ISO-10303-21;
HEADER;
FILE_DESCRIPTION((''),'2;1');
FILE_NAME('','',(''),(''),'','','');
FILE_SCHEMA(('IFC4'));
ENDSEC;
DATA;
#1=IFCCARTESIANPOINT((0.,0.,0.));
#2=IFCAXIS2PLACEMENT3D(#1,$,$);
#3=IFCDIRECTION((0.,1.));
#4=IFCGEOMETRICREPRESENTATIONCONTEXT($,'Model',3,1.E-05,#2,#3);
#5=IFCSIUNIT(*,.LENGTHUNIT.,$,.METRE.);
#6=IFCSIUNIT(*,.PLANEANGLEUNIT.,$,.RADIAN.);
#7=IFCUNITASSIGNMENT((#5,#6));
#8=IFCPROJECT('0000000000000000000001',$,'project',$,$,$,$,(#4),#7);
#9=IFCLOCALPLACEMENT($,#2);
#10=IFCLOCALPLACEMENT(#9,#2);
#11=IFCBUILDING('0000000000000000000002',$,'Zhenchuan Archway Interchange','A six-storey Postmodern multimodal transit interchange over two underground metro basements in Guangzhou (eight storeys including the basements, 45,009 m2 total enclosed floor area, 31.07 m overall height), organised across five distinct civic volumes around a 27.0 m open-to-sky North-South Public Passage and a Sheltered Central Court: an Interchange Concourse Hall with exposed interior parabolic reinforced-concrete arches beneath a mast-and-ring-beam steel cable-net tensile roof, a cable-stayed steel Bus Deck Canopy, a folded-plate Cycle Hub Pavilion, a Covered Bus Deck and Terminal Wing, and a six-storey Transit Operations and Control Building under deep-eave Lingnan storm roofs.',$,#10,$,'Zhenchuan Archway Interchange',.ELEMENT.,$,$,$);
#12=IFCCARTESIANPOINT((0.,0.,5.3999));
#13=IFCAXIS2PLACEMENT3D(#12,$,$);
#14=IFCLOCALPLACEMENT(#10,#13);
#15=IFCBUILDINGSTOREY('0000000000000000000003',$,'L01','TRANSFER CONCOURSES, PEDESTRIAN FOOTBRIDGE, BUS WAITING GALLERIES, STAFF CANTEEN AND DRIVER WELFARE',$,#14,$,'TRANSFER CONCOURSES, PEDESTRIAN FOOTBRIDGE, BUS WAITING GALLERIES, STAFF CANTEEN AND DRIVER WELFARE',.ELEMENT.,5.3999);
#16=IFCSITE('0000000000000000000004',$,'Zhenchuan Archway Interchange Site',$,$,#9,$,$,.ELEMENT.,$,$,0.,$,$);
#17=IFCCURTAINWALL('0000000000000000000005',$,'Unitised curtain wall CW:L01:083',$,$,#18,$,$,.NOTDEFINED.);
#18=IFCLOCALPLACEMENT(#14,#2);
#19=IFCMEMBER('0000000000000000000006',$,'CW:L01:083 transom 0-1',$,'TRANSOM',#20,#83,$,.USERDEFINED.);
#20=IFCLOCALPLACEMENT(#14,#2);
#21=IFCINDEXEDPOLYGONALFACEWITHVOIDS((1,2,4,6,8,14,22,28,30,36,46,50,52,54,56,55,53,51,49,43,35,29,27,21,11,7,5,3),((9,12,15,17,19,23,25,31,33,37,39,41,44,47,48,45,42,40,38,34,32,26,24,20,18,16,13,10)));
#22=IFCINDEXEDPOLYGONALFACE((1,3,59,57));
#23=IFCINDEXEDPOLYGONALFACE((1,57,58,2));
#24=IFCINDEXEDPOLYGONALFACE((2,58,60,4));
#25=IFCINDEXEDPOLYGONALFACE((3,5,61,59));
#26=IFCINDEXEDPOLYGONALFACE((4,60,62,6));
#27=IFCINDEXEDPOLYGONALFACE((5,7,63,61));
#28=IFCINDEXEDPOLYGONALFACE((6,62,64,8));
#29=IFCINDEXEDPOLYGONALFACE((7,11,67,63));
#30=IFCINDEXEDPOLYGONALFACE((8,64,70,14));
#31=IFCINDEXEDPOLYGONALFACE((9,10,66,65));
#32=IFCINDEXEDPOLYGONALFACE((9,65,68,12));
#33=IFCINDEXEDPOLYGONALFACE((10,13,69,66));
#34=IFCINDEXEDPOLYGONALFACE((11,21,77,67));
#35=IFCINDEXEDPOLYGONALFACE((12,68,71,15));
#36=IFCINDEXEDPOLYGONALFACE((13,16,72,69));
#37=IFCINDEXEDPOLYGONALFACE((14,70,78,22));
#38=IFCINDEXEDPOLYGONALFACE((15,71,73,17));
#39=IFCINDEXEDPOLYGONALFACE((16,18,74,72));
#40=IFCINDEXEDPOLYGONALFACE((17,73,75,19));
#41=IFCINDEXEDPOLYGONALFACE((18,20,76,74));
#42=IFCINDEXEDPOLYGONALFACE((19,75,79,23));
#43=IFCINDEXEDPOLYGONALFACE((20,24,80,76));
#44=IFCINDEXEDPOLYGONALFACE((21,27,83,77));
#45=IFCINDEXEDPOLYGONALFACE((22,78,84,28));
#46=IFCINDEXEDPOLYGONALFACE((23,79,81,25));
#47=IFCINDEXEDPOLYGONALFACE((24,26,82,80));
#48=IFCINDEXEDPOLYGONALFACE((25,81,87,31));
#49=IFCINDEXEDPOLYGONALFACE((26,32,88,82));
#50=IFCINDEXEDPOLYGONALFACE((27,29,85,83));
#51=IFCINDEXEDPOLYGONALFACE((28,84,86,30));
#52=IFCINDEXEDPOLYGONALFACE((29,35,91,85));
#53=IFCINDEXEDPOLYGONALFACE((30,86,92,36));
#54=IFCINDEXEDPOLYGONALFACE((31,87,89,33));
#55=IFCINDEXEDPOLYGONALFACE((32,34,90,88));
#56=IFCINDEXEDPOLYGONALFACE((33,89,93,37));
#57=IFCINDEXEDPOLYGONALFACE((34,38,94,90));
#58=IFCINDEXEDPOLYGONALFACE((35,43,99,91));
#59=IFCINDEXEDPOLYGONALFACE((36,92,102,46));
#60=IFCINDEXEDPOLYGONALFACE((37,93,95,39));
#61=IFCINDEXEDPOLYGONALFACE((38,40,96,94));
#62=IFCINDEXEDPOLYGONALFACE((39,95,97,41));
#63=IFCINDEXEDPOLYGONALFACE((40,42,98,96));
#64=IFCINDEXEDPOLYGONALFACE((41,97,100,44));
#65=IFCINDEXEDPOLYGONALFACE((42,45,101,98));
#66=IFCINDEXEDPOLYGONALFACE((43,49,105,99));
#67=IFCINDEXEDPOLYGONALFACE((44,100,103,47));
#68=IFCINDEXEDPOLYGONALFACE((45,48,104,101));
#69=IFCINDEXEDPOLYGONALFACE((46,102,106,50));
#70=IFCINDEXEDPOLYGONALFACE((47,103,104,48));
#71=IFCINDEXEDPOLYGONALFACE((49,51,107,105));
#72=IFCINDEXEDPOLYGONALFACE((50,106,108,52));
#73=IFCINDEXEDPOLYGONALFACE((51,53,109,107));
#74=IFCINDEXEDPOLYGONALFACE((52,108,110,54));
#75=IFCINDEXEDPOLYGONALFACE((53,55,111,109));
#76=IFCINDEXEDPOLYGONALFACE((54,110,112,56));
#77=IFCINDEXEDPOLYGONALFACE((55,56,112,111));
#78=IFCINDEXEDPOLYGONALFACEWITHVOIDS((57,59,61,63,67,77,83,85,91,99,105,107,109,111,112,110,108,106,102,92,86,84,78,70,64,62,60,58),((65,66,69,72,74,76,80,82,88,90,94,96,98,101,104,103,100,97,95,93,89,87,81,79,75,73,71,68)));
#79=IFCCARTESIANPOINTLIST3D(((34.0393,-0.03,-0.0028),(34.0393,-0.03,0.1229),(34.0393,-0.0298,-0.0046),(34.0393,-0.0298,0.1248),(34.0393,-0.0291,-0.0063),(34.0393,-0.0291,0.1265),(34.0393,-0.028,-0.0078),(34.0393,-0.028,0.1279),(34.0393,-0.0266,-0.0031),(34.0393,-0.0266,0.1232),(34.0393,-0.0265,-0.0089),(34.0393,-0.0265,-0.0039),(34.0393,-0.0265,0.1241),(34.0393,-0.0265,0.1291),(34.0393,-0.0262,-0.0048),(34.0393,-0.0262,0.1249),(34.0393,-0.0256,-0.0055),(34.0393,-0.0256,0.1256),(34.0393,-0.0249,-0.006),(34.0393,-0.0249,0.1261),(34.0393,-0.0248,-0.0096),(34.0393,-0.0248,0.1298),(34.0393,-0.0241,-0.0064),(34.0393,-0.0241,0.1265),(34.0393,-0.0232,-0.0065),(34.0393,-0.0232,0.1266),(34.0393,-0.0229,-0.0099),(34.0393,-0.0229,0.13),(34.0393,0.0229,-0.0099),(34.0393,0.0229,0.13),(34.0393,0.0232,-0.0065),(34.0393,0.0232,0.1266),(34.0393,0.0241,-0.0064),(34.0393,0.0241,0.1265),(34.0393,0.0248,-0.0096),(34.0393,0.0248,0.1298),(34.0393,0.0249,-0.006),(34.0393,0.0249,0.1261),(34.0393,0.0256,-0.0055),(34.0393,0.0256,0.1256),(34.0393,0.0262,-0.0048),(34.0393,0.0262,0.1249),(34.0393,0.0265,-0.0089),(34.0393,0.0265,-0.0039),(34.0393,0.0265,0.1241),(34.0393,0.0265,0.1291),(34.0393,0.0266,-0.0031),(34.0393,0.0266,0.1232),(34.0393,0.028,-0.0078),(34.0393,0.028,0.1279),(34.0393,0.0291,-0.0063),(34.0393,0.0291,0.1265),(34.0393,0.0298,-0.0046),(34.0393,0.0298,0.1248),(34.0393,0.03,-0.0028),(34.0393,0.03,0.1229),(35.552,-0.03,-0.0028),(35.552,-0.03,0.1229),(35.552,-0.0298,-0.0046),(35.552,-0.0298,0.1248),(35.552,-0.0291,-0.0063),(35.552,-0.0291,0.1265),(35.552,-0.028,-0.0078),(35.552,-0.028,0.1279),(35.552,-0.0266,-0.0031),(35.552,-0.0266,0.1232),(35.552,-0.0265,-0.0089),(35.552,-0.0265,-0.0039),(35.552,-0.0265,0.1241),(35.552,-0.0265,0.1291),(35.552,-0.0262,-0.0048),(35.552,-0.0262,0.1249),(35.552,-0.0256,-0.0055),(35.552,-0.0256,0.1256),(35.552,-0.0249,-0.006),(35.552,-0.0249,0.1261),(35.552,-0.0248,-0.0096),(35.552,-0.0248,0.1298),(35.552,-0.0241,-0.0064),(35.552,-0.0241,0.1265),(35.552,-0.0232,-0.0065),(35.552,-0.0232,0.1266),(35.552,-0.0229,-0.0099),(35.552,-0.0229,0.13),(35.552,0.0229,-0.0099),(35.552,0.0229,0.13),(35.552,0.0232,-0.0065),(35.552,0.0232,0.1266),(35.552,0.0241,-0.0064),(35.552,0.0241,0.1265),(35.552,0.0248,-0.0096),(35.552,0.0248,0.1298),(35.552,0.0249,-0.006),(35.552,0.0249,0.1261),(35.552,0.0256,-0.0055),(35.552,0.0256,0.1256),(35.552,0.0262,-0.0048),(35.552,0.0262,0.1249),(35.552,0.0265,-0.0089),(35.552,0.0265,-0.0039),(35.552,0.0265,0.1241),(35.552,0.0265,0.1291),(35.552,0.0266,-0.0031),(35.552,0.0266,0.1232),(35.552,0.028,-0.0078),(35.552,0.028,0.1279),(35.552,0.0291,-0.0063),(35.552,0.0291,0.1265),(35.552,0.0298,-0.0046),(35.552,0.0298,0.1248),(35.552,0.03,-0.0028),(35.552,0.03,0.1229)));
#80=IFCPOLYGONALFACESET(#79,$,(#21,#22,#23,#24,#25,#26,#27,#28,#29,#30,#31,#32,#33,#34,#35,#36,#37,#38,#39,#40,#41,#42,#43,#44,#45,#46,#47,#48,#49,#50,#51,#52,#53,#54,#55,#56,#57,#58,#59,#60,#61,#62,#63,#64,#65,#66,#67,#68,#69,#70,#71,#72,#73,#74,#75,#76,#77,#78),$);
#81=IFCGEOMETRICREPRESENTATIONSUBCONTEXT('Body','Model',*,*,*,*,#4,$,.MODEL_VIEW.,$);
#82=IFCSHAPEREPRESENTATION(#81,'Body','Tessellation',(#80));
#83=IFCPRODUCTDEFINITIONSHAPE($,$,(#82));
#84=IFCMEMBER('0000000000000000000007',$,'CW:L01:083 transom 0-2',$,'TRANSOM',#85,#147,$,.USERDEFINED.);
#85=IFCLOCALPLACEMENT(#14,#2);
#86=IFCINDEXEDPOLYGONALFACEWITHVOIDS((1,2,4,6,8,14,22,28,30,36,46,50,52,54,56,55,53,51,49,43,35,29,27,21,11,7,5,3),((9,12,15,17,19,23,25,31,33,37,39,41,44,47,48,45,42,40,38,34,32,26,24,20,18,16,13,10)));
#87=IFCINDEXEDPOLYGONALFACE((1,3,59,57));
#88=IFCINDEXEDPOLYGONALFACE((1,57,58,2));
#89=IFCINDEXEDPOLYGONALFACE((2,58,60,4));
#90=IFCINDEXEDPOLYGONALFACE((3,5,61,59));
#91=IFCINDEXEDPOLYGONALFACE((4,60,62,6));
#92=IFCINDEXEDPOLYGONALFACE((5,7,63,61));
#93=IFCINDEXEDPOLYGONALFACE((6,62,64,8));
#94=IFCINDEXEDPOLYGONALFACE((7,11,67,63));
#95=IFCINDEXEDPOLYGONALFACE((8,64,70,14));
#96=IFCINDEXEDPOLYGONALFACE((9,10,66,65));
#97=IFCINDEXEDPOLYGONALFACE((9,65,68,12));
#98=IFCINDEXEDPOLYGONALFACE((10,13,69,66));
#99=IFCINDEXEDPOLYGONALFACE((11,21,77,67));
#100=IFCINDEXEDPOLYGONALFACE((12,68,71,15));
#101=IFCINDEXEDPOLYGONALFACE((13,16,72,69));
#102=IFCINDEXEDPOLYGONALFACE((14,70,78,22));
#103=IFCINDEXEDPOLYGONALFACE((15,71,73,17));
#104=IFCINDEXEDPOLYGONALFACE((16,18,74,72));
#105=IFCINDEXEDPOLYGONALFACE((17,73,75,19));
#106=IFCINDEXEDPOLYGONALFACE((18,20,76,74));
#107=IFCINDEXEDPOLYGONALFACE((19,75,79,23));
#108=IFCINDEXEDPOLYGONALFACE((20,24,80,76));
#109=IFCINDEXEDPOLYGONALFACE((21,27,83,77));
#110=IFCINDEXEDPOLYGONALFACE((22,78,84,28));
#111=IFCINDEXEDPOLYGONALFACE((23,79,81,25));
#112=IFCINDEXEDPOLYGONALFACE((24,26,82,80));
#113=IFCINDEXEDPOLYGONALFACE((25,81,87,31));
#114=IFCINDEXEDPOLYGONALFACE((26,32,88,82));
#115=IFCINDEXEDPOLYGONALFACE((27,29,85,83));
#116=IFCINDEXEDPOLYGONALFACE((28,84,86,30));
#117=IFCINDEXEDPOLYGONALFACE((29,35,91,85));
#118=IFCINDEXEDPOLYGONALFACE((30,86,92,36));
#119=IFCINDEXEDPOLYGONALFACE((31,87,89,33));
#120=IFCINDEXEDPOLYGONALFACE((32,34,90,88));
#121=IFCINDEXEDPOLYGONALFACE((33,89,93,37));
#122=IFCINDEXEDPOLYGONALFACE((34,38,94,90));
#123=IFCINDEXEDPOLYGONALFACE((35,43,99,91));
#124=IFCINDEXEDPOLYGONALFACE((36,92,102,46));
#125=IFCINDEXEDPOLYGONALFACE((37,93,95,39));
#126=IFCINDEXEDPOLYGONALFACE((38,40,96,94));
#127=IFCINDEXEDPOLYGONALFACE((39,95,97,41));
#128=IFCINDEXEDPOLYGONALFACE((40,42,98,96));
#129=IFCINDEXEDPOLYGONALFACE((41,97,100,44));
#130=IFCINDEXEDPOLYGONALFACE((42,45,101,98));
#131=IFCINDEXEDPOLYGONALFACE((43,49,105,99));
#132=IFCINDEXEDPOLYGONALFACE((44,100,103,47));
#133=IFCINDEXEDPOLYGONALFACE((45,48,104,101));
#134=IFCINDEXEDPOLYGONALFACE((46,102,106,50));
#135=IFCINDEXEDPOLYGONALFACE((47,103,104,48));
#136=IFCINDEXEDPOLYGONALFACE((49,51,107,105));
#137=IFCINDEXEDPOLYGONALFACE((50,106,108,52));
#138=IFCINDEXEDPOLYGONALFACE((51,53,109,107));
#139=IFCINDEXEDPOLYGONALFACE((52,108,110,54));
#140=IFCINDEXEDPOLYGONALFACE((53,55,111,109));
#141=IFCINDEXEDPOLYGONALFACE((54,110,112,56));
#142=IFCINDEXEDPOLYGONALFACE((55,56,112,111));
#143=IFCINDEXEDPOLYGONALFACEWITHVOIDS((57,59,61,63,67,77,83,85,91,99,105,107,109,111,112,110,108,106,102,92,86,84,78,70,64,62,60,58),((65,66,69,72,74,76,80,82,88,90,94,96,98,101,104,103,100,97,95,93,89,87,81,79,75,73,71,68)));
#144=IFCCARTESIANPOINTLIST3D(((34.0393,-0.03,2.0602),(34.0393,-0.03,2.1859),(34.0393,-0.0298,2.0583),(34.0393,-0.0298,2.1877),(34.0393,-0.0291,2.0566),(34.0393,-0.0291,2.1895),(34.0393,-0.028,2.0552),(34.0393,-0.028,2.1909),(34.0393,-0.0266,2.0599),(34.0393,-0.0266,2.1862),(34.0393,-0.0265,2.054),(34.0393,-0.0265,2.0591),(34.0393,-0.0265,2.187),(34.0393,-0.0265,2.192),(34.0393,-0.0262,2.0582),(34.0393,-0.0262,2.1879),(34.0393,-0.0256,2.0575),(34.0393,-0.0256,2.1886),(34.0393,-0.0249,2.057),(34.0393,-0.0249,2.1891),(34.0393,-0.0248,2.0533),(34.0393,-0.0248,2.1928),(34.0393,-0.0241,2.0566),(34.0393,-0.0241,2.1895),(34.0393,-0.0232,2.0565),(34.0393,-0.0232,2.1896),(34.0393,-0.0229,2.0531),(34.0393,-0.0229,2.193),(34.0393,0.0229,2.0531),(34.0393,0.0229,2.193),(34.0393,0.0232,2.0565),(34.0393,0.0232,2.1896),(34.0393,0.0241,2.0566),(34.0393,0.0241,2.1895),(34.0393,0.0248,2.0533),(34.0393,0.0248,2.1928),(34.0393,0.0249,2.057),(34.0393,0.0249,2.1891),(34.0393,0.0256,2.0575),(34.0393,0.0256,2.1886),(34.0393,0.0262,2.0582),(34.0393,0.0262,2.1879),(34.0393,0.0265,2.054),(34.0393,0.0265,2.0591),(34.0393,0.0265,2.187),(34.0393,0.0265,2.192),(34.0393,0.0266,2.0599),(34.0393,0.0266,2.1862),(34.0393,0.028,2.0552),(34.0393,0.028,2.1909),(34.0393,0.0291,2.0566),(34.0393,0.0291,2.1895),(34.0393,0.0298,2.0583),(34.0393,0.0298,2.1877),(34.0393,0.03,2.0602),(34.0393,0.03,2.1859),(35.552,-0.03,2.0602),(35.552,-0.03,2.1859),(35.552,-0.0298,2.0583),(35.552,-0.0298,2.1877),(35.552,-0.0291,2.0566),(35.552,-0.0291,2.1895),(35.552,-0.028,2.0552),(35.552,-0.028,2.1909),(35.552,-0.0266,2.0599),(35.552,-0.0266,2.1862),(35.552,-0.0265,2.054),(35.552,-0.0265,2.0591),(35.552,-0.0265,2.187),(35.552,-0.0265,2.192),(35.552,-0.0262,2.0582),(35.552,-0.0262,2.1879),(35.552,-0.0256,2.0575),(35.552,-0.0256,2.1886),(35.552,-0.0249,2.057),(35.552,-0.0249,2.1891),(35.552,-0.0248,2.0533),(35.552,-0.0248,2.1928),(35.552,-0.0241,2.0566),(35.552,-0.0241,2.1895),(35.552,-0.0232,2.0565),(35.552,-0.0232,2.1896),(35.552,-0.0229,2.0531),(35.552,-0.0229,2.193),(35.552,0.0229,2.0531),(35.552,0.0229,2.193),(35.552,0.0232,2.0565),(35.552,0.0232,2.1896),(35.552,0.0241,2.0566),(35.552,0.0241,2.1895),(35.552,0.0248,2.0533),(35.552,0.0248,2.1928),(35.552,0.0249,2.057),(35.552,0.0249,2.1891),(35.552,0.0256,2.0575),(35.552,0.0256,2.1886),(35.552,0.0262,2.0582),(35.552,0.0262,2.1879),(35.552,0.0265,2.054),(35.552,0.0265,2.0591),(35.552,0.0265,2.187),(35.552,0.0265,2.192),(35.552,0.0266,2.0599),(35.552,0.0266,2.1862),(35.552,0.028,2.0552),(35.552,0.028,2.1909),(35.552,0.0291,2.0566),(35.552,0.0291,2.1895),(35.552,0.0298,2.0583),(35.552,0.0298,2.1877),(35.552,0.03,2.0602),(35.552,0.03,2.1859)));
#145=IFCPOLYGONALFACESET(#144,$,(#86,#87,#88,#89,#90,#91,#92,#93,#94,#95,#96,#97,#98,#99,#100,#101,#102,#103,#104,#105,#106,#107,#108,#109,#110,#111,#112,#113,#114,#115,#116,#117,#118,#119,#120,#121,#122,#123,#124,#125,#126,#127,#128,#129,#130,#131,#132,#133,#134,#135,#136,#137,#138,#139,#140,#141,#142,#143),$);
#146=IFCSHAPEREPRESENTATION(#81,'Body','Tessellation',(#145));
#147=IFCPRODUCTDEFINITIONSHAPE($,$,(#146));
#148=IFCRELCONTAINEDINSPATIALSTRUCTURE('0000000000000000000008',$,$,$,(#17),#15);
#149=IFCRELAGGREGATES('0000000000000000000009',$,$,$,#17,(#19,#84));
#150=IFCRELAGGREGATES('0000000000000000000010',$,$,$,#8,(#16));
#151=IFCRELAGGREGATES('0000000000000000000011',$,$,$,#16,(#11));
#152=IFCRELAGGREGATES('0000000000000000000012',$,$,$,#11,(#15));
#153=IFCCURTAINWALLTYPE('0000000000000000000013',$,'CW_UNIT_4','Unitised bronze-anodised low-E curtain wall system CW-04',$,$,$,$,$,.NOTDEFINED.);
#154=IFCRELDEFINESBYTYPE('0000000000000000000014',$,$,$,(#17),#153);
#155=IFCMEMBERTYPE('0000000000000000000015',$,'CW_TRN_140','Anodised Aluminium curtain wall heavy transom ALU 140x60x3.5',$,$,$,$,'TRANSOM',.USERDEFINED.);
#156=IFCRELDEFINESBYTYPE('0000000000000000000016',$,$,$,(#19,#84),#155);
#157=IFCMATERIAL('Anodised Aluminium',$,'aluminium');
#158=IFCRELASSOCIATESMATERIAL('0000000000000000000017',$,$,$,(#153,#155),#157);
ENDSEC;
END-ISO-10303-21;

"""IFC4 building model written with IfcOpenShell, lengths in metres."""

from ifc_helpers import new_model, si_unit, direction, frame, origin, origin_2d, place, context, subcontext, project, spatial, hollow_rectangle, extrude, material, material_profile, profile_set, type_object, element, aggregate, save


model = new_model("IFC4")

# Units and contexts
model_context = context("Model", 3, precision=1e-05, world=origin(), true_north=direction((0.0, 1.0)))
body_context = subcontext(model_context, "Body", "Model", "MODEL_VIEW")
ifc_project = project(units=[si_unit("LENGTHUNIT", "METRE"), si_unit("PLANEANGLEUNIT", "RADIAN")], contexts=[model_context])

# Site, building, storey
site_placement = place(None, origin())
site = spatial("IfcSite", under=ifc_project, at=site_placement, Name="Zhenchuan Archway Interchange Site", CompositionType="ELEMENT", RefElevation=0.0)
building_placement = place(site_placement, origin())
building = spatial("IfcBuilding", under=site, at=building_placement, Name="Zhenchuan Archway Interchange", Description="A six-storey Postmodern multimodal transit interchange over two underground metro basements in Guangzhou (eight storeys including the basements, 45,009 m2 total enclosed floor area, 31.07 m overall height), organised across five distinct civic volumes around a 27.0 m open-to-sky North-South Public Passage and a Sheltered Central Court: an Interchange Concourse Hall with exposed interior parabolic reinforced-concrete arches beneath a mast-and-ring-beam steel cable-net tensile roof, a cable-stayed steel Bus Deck Canopy, a folded-plate Cycle Hub Pavilion, a Covered Bus Deck and Terminal Wing, and a six-storey Transit Operations and Control Building under deep-eave Lingnan storm roofs.", LongName="Zhenchuan Archway Interchange", CompositionType="ELEMENT")
storey_placement = place(building_placement, frame((0.0, 0.0, 5.3999)))
storey = spatial("IfcBuildingStorey", under=building, at=storey_placement, Name="L01", Description="TRANSFER CONCOURSES, PEDESTRIAN FOOTBRIDGE, BUS WAITING GALLERIES, STAFF CANTEEN AND DRIVER WELFARE", LongName="TRANSFER CONCOURSES, PEDESTRIAN FOOTBRIDGE, BUS WAITING GALLERIES, STAFF CANTEEN AND DRIVER WELFARE", CompositionType="ELEMENT", Elevation=5.3999)

# Shared definitions
ifc_material_1 = material(Name="Anodised Aluminium", Category="aluminium")

# Curtain wall
curtain_wall_type_1 = type_object("IfcCurtainWallType", Name="CW_UNIT_4", Description="Unitised bronze-anodised low-E curtain wall system CW-04", PredefinedType="NOTDEFINED", material=ifc_material_1)
curtain_wall_1_placement = place(storey_placement, origin())
curtain_wall_1 = element("IfcCurtainWall", 1, at=curtain_wall_1_placement, inside=storey, type_object=curtain_wall_type_1, Name="Unitised curtain wall CW:L01:083", PredefinedType="NOTDEFINED")

# Members
ifc_material_profile_1 = material_profile(ifc_material_1, hollow_rectangle(XDim=0.0601, YDim=0.1399, WallThickness=0.0034, InnerFilletRadius=0.0034, OuterFilletRadius=0.0071, at=origin_2d()), Name="ALU 140x60x3.5")
ifc_profile_set_1 = profile_set([ifc_material_profile_1], Name="Anodised Aluminium")
member_type_1 = type_object("IfcMemberType", Name="CW_TRN_140", Description="Anodised Aluminium curtain wall heavy transom ALU 140x60x3.5", ElementType="TRANSOM", PredefinedType="USERDEFINED", material=ifc_profile_set_1)
member_1_placement = place(storey_placement, frame((35.552, 0.0, 0.0601), z_axis=(-1.0, 0.0, 0.0), x_axis=(0.0, -1.0, 0.0)))
member_1 = element("IfcMember", 2, at=member_1_placement, type_object=member_type_1, Name="CW:L01:083 transom 0-1", ObjectType="TRANSOM", PredefinedType="USERDEFINED", context=body_context, shape_type="SweptSolid", body=[
    extrude(hollow_rectangle(XDim=0.0601, YDim=0.1399, WallThickness=0.0034, InnerFilletRadius=0.0034, OuterFilletRadius=0.0071, at=origin_2d()), origin(), (0.0, 0.0, 1.0), 1.5127),
])
member_2_placement = place(storey_placement, frame((35.552, 0.0, 2.123), z_axis=(-1.0, 0.0, 0.0), x_axis=(0.0, -1.0, 0.0)))
member_2 = element("IfcMember", 3, at=member_2_placement, type_object=member_type_1, Name="CW:L01:083 transom 0-2", ObjectType="TRANSOM", PredefinedType="USERDEFINED", context=body_context, shape_type="SweptSolid", body=[
    extrude(hollow_rectangle(XDim=0.0601, YDim=0.1399, WallThickness=0.0034, InnerFilletRadius=0.0034, OuterFilletRadius=0.0071, at=origin_2d()), origin(), (0.0, 0.0, 1.0), 1.5127),
])

aggregate(curtain_wall_1, [member_1, member_2])

save(model, "model.ifc")
